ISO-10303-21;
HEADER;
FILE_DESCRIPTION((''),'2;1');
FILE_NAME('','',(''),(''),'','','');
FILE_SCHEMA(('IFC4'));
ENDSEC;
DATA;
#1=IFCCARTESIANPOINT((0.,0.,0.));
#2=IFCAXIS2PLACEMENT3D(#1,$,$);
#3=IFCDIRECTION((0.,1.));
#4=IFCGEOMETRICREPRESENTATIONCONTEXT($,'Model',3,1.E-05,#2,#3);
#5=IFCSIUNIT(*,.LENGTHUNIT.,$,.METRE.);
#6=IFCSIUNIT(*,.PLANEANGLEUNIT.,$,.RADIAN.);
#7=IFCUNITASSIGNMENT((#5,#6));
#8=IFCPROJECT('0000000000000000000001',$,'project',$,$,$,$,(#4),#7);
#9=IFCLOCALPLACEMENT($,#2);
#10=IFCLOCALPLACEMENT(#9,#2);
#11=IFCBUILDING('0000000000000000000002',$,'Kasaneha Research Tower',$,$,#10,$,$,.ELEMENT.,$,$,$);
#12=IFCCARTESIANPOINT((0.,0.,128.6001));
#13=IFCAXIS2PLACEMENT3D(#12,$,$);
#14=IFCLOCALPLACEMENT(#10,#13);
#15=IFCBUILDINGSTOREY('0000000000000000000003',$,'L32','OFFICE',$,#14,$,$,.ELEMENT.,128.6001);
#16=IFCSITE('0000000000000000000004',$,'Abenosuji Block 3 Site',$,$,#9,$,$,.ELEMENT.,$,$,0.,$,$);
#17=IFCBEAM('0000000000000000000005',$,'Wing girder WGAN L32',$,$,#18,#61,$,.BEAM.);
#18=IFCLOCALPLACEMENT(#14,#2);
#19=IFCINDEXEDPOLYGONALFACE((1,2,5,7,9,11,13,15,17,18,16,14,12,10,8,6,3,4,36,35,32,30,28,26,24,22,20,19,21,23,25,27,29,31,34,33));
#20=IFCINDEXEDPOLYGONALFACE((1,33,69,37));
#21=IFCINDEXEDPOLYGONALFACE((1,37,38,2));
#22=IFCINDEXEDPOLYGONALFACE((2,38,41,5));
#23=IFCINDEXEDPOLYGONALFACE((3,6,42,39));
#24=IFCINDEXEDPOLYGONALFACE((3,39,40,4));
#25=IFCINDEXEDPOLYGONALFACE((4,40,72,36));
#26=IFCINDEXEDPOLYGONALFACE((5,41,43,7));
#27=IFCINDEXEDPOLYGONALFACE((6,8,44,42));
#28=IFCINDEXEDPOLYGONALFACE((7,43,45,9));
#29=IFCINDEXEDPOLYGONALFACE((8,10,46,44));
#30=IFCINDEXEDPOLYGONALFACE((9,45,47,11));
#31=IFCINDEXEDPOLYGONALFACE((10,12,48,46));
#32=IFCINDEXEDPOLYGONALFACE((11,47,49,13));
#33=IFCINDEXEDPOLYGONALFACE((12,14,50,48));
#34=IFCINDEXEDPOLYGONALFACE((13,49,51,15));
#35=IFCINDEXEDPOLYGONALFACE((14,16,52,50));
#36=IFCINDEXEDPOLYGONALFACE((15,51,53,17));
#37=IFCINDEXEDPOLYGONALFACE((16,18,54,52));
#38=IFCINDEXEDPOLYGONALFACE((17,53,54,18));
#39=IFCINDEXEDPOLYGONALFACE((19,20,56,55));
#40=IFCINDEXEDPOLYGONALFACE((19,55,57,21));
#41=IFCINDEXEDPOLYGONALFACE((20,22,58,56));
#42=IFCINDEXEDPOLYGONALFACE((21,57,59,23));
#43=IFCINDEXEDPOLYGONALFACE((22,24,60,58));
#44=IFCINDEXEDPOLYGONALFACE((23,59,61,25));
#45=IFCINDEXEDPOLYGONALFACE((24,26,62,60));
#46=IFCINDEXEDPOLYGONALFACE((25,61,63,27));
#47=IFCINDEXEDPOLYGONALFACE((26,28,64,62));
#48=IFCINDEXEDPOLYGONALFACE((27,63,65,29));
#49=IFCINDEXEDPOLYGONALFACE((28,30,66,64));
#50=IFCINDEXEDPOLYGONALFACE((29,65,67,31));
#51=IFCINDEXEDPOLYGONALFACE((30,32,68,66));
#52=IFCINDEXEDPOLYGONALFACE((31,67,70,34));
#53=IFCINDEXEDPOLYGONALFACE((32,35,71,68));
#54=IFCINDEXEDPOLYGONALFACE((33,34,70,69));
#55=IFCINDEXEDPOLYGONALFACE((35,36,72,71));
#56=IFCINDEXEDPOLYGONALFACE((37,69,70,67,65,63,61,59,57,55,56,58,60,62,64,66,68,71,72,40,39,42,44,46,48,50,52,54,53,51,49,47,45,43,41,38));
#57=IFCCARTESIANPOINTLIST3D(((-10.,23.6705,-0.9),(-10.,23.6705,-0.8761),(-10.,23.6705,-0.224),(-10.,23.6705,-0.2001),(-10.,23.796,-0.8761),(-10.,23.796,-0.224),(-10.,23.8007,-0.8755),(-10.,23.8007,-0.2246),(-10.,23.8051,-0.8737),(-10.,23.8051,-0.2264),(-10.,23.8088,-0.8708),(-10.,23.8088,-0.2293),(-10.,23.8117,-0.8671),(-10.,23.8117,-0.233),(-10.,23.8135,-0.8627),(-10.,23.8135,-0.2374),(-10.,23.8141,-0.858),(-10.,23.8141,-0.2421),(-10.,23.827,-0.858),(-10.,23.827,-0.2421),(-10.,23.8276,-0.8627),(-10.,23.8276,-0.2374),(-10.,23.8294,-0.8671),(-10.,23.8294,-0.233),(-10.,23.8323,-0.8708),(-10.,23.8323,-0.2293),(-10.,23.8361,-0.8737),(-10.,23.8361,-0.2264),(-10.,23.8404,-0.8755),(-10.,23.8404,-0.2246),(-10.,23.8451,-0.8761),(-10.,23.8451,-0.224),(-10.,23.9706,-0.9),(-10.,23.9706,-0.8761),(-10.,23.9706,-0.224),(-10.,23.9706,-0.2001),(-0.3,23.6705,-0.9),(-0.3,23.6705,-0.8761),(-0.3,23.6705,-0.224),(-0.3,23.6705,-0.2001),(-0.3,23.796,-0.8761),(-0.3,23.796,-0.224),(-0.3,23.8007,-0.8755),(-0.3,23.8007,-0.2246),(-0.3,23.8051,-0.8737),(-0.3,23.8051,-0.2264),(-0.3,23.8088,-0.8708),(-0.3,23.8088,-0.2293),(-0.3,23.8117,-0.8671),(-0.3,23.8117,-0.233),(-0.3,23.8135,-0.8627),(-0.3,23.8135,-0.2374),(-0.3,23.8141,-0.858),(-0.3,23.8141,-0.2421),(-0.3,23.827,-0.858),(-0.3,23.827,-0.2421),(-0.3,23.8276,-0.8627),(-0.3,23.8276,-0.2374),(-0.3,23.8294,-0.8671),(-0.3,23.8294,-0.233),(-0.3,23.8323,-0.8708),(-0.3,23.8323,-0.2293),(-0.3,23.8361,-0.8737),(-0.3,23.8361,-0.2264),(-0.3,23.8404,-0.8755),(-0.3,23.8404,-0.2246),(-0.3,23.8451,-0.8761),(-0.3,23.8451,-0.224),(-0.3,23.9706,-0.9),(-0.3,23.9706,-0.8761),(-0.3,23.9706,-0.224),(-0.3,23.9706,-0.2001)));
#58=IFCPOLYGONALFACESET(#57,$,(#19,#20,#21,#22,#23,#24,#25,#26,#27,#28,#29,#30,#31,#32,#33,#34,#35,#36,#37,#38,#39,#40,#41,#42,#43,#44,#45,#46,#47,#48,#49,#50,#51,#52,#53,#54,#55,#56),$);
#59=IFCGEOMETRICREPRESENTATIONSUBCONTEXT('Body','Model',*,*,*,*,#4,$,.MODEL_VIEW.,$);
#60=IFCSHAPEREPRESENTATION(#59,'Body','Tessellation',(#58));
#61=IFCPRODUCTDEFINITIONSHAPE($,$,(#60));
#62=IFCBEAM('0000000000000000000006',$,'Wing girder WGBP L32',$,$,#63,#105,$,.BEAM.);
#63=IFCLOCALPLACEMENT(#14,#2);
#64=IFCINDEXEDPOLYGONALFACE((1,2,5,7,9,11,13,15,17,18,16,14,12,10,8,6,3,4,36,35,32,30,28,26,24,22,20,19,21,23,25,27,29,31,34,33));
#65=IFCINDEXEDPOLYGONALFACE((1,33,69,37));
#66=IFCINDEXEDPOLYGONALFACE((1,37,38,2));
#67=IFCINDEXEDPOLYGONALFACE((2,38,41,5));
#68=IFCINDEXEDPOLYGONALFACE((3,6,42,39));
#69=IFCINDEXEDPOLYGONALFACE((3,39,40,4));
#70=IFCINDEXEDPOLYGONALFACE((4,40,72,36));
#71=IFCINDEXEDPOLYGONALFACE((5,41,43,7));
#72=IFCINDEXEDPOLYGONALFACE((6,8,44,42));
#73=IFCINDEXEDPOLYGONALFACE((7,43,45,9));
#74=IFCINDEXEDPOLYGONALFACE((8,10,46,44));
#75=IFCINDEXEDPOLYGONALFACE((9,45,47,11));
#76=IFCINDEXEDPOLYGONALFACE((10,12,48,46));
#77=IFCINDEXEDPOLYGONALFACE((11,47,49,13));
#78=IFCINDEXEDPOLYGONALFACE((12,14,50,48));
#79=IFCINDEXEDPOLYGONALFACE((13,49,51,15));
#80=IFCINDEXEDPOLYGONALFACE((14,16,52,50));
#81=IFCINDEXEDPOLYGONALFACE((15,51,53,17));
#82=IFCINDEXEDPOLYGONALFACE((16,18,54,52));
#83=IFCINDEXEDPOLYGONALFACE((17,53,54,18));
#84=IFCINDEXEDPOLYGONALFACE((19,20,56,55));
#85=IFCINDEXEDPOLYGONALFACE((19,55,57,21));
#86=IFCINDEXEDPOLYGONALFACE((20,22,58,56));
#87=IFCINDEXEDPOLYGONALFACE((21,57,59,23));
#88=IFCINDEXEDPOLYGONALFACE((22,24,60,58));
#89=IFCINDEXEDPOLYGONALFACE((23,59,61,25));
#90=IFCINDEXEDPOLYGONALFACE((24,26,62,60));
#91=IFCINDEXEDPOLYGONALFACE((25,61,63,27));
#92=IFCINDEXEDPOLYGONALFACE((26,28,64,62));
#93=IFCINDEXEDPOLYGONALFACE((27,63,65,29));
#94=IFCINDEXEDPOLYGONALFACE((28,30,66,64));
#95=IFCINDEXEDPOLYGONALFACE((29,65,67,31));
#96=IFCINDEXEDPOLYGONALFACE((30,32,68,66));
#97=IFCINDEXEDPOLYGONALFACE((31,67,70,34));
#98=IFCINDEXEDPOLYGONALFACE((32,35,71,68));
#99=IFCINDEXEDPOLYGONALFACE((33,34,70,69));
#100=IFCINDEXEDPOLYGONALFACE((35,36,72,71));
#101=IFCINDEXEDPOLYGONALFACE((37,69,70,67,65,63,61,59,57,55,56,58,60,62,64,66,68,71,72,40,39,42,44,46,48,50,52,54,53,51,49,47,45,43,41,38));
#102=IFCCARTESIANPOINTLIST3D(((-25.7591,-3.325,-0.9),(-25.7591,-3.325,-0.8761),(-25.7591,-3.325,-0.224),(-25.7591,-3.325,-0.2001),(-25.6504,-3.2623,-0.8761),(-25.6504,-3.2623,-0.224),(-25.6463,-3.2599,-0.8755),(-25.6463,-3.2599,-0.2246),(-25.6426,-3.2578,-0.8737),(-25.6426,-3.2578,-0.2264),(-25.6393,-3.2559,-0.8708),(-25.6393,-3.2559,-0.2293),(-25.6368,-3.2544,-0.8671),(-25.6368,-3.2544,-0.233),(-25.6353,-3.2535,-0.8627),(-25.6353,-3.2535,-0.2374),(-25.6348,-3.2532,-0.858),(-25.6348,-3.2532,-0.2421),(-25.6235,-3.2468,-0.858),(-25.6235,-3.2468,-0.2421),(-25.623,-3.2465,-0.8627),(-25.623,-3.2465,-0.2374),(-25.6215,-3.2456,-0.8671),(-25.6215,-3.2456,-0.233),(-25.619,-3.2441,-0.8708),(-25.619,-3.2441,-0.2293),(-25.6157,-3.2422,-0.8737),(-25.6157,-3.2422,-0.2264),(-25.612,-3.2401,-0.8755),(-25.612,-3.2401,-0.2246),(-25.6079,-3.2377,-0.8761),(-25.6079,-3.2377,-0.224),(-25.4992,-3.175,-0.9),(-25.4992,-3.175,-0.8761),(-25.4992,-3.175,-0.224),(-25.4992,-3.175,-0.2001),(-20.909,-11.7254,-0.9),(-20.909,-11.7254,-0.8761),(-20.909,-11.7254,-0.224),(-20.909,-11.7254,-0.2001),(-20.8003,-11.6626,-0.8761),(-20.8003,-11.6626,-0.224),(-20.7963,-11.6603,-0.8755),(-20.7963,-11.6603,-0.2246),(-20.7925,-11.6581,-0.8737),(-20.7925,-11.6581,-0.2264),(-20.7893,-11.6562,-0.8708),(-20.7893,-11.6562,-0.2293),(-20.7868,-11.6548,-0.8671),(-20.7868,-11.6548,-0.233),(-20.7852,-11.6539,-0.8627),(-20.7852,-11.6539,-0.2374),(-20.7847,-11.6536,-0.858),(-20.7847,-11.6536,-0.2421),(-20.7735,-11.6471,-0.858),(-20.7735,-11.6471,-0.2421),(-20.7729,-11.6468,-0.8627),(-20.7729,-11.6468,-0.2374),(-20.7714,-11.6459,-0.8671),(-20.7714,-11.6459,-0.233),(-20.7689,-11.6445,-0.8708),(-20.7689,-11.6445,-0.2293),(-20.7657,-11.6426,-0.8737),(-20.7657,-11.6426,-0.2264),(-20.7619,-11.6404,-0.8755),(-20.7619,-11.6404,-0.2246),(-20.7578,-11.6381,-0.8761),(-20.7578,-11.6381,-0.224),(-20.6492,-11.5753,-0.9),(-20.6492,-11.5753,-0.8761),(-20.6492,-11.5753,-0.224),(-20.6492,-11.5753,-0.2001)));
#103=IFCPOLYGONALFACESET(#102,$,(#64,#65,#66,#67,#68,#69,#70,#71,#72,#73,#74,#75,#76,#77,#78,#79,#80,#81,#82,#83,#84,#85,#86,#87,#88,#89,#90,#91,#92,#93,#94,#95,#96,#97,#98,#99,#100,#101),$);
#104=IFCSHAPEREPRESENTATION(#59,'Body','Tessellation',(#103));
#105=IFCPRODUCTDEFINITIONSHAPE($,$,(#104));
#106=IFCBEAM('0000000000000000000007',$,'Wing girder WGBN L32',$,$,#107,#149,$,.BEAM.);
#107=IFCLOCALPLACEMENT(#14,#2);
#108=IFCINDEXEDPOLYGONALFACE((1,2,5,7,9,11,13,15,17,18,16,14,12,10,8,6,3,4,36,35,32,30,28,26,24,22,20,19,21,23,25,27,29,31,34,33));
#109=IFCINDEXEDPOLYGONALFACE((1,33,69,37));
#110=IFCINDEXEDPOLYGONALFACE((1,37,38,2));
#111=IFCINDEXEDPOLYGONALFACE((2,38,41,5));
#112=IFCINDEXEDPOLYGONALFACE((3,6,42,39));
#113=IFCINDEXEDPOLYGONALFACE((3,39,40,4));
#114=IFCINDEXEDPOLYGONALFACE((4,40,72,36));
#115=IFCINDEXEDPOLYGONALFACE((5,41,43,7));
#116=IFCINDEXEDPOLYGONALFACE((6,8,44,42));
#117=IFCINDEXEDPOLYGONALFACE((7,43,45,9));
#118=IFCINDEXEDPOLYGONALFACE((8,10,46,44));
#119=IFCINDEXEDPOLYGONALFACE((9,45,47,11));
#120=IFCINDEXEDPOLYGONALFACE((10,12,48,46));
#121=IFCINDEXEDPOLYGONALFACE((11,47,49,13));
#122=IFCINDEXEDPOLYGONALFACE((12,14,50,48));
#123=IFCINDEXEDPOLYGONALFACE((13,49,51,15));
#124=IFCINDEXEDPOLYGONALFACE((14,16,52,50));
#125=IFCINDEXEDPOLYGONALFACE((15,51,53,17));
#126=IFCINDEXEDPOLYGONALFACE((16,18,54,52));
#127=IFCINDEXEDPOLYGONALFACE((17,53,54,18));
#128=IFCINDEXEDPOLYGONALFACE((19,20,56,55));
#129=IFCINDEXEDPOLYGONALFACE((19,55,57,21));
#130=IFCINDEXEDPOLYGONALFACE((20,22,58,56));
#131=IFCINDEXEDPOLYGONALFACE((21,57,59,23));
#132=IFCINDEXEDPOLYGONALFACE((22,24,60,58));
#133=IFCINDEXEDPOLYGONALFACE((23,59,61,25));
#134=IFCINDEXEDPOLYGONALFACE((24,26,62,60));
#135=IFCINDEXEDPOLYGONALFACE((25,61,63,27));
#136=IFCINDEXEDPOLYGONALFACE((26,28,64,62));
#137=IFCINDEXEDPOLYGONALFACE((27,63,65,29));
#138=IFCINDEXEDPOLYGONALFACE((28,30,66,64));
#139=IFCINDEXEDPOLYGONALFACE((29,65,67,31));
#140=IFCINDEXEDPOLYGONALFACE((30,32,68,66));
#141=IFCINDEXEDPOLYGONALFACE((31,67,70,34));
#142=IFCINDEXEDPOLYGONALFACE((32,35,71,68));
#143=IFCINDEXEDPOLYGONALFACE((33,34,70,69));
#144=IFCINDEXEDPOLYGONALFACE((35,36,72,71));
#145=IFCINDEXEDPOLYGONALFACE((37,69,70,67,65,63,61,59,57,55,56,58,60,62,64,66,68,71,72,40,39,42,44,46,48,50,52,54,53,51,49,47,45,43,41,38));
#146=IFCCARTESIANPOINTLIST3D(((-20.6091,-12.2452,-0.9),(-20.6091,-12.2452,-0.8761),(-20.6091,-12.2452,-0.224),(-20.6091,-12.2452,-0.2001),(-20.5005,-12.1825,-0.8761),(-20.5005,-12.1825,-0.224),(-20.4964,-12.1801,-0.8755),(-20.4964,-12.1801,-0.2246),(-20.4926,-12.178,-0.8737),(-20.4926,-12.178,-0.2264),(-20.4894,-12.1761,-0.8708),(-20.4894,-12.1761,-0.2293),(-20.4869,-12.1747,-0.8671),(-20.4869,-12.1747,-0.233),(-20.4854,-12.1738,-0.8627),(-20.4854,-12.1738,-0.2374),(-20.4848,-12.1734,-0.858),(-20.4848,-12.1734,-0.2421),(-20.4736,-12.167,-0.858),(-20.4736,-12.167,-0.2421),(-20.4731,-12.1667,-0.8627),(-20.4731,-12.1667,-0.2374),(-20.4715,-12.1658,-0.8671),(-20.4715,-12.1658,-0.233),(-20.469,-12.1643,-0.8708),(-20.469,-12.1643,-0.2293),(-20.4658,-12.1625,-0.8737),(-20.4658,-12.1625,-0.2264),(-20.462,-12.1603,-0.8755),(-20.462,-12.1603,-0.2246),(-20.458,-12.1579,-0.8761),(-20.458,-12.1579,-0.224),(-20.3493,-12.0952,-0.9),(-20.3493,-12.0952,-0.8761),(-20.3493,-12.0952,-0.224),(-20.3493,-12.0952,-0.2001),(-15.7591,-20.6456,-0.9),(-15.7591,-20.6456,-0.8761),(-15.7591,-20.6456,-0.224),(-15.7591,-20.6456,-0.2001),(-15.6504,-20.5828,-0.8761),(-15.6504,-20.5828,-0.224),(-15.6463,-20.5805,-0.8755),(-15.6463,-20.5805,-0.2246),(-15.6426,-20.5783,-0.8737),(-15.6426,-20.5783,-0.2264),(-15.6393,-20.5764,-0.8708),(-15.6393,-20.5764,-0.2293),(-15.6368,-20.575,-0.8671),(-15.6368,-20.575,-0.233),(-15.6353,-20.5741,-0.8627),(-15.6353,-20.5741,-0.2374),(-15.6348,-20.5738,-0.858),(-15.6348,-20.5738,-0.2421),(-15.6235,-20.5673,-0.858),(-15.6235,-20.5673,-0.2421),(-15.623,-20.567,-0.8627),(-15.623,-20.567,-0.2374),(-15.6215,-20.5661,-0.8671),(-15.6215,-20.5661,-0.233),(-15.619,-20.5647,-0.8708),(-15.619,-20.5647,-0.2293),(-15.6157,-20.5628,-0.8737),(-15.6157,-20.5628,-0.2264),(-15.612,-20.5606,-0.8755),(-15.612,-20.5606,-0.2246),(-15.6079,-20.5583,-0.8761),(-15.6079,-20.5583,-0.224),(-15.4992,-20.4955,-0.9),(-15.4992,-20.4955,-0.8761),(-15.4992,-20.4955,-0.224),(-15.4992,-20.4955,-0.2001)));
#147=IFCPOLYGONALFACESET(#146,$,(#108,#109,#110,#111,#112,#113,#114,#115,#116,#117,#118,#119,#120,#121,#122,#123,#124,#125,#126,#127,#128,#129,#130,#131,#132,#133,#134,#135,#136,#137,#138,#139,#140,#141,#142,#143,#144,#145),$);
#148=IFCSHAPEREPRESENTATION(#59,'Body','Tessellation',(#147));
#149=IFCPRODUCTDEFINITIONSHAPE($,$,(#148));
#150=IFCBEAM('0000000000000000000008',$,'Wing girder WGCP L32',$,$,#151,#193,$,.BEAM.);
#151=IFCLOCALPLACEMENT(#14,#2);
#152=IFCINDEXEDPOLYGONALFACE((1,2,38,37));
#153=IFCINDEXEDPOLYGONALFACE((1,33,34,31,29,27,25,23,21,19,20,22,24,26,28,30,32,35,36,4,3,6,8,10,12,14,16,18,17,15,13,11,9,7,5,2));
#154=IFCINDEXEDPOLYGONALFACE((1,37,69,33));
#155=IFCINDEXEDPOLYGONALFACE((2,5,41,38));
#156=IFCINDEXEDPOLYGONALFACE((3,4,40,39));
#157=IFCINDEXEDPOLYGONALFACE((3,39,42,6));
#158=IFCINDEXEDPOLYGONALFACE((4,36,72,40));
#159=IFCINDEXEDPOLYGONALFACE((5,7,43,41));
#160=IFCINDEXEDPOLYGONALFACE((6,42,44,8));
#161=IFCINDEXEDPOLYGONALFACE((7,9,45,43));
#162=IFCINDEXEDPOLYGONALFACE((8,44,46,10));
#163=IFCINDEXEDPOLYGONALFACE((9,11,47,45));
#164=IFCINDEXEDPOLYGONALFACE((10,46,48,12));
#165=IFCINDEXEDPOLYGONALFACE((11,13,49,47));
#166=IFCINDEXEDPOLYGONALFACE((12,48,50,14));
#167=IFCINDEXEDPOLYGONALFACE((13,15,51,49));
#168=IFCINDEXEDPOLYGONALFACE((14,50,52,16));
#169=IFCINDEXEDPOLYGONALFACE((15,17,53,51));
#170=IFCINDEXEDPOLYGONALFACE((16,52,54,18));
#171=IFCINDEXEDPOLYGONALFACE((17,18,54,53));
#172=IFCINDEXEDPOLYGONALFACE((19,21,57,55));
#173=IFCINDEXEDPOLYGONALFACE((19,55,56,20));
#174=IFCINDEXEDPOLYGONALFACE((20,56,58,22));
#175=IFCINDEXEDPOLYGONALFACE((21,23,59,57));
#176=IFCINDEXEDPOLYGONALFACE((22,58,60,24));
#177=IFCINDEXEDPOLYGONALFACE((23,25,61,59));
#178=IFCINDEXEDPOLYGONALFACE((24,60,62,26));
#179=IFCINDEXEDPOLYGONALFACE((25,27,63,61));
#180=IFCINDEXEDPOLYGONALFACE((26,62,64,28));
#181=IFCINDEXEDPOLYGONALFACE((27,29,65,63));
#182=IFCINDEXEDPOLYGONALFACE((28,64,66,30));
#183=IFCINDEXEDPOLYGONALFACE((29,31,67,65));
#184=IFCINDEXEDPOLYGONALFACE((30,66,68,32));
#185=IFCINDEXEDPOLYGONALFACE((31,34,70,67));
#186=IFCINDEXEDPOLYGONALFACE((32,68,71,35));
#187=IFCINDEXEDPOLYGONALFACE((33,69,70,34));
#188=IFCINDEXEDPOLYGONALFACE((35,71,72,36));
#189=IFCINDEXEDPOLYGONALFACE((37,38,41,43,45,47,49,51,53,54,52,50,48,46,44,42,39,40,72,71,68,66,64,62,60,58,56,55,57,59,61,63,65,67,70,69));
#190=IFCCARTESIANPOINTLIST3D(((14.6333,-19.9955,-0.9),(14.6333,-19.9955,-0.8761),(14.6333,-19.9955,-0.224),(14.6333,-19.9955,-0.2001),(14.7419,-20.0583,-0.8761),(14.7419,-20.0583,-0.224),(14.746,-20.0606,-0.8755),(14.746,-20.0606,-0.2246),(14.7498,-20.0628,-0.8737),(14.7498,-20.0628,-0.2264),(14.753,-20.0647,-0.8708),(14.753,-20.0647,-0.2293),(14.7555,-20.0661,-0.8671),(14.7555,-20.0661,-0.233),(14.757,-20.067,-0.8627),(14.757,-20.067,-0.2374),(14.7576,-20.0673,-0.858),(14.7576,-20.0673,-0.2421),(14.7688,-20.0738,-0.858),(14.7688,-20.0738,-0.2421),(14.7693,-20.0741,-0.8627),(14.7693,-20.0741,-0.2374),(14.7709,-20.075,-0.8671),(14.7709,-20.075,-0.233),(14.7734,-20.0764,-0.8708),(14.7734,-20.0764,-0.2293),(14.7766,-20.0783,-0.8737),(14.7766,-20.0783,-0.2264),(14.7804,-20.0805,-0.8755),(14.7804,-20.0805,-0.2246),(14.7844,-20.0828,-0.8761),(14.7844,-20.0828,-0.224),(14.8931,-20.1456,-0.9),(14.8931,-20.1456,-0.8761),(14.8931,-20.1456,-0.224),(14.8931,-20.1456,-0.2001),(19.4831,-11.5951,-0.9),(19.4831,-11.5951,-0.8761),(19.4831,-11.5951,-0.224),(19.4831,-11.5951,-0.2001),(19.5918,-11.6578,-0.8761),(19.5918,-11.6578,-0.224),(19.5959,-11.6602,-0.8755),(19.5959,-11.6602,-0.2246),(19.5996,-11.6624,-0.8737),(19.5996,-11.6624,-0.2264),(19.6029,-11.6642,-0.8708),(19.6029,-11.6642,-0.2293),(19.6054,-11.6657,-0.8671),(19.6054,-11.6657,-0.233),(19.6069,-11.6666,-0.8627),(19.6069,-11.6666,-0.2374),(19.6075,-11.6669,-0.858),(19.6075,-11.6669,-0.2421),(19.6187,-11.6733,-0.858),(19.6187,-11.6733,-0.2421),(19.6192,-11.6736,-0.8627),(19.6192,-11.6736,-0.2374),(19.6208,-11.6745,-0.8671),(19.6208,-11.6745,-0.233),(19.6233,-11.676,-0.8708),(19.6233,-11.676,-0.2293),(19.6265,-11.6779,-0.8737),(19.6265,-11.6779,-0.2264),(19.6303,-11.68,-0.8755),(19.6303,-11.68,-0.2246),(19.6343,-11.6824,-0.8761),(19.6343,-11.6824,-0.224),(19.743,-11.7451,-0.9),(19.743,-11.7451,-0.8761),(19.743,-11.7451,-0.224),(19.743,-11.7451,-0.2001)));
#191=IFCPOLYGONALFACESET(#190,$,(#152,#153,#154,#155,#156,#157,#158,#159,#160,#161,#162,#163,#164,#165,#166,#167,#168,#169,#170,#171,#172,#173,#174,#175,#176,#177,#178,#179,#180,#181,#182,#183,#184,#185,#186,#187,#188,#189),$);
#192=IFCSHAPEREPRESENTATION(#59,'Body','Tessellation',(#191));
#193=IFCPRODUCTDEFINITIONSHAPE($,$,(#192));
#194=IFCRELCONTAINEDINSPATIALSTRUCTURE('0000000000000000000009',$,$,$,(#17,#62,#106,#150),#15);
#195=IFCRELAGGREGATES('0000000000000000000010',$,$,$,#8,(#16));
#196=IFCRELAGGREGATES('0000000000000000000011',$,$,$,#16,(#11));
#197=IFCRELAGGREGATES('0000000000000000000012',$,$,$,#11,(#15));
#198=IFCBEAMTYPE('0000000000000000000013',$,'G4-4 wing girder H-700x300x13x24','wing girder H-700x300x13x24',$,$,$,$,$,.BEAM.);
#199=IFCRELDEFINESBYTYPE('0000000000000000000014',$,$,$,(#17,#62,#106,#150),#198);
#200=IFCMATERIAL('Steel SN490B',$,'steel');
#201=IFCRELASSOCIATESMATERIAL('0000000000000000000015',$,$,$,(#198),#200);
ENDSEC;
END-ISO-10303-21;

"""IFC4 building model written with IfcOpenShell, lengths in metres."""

from ifc_helpers import new_model, si_unit, direction, frame, origin, origin_2d, place, context, subcontext, project, spatial, i_section, extrude, material, material_profile, profile_set, type_object, element, save


model = new_model("IFC4")

# Units and contexts
model_context = context("Model", 3, precision=1e-05, world=origin(), true_north=direction((0.0, 1.0)))
body_context = subcontext(model_context, "Body", "Model", "MODEL_VIEW")
ifc_project = project(units=[si_unit("LENGTHUNIT", "METRE"), si_unit("PLANEANGLEUNIT", "RADIAN")], contexts=[model_context])

# Site, building, storey
site_placement = place(None, origin())
site = spatial("IfcSite", under=ifc_project, at=site_placement, Name="Abenosuji Block 3 Site", CompositionType="ELEMENT", RefElevation=0.0)
building_placement = place(site_placement, origin())
building = spatial("IfcBuilding", under=site, at=building_placement, Name="Kasaneha Research Tower", CompositionType="ELEMENT")
storey_placement = place(building_placement, frame((0.0, 0.0, 128.6001)))
storey = spatial("IfcBuildingStorey", under=building, at=storey_placement, Name="L32", Description="OFFICE", CompositionType="ELEMENT", Elevation=128.6001)

# Beams
ifc_material_1 = material(Name="Steel SN490B", Category="steel")
ifc_material_profile_1 = material_profile(ifc_material_1, i_section(OverallWidth=0.3, OverallDepth=0.7, WebThickness=0.0129, FlangeThickness=0.0239, FilletRadius=0.0181, at=origin_2d()), Name="H-700x300x13x24")
ifc_profile_set_1 = profile_set([ifc_material_profile_1], Name="Steel SN490B")
beam_type_1 = type_object("IfcBeamType", Name="G4-4 wing girder H-700x300x13x24", Description="wing girder H-700x300x13x24", PredefinedType="BEAM", material=ifc_profile_set_1)
for number, where, z_axis, x_axis, name in (
    (1, (-10.0, 23.8206, -0.55), (1.0, 0.0, 0.0), (0.0, 1.0, 0.0), "Wing girder WGAN L32"),
    (2, (-25.6292, -3.25, -0.55), (0.50001, -0.86602, 0.0), (0.86602, 0.50001, 0.0), "Wing girder WGBP L32"),
    (3, (-15.6292, -20.5706, -0.55), (-0.50001, 0.86602, 0.0), (-0.86602, -0.50001, 0.0), "Wing girder WGBN L32"),
    (4, (14.7632, -20.0706, -0.55), (0.499991, 0.866031, 0.0), (-0.866031, 0.499991, 0.0), "Wing girder WGCP L32"),
):
    element("IfcBeam", number, at=place(storey_placement, frame(where, z_axis=z_axis, x_axis=x_axis)), inside=storey, type_object=beam_type_1, Name=name, PredefinedType="BEAM", context=body_context, shape_type="SweptSolid", body=[
        extrude(i_section(OverallWidth=0.3, OverallDepth=0.7, WebThickness=0.0129, FlangeThickness=0.0239, FilletRadius=0.0181, at=origin_2d()), origin(), (0.0, 0.0, 1.0), 9.7),
    ])

save(model, "model.ifc")
